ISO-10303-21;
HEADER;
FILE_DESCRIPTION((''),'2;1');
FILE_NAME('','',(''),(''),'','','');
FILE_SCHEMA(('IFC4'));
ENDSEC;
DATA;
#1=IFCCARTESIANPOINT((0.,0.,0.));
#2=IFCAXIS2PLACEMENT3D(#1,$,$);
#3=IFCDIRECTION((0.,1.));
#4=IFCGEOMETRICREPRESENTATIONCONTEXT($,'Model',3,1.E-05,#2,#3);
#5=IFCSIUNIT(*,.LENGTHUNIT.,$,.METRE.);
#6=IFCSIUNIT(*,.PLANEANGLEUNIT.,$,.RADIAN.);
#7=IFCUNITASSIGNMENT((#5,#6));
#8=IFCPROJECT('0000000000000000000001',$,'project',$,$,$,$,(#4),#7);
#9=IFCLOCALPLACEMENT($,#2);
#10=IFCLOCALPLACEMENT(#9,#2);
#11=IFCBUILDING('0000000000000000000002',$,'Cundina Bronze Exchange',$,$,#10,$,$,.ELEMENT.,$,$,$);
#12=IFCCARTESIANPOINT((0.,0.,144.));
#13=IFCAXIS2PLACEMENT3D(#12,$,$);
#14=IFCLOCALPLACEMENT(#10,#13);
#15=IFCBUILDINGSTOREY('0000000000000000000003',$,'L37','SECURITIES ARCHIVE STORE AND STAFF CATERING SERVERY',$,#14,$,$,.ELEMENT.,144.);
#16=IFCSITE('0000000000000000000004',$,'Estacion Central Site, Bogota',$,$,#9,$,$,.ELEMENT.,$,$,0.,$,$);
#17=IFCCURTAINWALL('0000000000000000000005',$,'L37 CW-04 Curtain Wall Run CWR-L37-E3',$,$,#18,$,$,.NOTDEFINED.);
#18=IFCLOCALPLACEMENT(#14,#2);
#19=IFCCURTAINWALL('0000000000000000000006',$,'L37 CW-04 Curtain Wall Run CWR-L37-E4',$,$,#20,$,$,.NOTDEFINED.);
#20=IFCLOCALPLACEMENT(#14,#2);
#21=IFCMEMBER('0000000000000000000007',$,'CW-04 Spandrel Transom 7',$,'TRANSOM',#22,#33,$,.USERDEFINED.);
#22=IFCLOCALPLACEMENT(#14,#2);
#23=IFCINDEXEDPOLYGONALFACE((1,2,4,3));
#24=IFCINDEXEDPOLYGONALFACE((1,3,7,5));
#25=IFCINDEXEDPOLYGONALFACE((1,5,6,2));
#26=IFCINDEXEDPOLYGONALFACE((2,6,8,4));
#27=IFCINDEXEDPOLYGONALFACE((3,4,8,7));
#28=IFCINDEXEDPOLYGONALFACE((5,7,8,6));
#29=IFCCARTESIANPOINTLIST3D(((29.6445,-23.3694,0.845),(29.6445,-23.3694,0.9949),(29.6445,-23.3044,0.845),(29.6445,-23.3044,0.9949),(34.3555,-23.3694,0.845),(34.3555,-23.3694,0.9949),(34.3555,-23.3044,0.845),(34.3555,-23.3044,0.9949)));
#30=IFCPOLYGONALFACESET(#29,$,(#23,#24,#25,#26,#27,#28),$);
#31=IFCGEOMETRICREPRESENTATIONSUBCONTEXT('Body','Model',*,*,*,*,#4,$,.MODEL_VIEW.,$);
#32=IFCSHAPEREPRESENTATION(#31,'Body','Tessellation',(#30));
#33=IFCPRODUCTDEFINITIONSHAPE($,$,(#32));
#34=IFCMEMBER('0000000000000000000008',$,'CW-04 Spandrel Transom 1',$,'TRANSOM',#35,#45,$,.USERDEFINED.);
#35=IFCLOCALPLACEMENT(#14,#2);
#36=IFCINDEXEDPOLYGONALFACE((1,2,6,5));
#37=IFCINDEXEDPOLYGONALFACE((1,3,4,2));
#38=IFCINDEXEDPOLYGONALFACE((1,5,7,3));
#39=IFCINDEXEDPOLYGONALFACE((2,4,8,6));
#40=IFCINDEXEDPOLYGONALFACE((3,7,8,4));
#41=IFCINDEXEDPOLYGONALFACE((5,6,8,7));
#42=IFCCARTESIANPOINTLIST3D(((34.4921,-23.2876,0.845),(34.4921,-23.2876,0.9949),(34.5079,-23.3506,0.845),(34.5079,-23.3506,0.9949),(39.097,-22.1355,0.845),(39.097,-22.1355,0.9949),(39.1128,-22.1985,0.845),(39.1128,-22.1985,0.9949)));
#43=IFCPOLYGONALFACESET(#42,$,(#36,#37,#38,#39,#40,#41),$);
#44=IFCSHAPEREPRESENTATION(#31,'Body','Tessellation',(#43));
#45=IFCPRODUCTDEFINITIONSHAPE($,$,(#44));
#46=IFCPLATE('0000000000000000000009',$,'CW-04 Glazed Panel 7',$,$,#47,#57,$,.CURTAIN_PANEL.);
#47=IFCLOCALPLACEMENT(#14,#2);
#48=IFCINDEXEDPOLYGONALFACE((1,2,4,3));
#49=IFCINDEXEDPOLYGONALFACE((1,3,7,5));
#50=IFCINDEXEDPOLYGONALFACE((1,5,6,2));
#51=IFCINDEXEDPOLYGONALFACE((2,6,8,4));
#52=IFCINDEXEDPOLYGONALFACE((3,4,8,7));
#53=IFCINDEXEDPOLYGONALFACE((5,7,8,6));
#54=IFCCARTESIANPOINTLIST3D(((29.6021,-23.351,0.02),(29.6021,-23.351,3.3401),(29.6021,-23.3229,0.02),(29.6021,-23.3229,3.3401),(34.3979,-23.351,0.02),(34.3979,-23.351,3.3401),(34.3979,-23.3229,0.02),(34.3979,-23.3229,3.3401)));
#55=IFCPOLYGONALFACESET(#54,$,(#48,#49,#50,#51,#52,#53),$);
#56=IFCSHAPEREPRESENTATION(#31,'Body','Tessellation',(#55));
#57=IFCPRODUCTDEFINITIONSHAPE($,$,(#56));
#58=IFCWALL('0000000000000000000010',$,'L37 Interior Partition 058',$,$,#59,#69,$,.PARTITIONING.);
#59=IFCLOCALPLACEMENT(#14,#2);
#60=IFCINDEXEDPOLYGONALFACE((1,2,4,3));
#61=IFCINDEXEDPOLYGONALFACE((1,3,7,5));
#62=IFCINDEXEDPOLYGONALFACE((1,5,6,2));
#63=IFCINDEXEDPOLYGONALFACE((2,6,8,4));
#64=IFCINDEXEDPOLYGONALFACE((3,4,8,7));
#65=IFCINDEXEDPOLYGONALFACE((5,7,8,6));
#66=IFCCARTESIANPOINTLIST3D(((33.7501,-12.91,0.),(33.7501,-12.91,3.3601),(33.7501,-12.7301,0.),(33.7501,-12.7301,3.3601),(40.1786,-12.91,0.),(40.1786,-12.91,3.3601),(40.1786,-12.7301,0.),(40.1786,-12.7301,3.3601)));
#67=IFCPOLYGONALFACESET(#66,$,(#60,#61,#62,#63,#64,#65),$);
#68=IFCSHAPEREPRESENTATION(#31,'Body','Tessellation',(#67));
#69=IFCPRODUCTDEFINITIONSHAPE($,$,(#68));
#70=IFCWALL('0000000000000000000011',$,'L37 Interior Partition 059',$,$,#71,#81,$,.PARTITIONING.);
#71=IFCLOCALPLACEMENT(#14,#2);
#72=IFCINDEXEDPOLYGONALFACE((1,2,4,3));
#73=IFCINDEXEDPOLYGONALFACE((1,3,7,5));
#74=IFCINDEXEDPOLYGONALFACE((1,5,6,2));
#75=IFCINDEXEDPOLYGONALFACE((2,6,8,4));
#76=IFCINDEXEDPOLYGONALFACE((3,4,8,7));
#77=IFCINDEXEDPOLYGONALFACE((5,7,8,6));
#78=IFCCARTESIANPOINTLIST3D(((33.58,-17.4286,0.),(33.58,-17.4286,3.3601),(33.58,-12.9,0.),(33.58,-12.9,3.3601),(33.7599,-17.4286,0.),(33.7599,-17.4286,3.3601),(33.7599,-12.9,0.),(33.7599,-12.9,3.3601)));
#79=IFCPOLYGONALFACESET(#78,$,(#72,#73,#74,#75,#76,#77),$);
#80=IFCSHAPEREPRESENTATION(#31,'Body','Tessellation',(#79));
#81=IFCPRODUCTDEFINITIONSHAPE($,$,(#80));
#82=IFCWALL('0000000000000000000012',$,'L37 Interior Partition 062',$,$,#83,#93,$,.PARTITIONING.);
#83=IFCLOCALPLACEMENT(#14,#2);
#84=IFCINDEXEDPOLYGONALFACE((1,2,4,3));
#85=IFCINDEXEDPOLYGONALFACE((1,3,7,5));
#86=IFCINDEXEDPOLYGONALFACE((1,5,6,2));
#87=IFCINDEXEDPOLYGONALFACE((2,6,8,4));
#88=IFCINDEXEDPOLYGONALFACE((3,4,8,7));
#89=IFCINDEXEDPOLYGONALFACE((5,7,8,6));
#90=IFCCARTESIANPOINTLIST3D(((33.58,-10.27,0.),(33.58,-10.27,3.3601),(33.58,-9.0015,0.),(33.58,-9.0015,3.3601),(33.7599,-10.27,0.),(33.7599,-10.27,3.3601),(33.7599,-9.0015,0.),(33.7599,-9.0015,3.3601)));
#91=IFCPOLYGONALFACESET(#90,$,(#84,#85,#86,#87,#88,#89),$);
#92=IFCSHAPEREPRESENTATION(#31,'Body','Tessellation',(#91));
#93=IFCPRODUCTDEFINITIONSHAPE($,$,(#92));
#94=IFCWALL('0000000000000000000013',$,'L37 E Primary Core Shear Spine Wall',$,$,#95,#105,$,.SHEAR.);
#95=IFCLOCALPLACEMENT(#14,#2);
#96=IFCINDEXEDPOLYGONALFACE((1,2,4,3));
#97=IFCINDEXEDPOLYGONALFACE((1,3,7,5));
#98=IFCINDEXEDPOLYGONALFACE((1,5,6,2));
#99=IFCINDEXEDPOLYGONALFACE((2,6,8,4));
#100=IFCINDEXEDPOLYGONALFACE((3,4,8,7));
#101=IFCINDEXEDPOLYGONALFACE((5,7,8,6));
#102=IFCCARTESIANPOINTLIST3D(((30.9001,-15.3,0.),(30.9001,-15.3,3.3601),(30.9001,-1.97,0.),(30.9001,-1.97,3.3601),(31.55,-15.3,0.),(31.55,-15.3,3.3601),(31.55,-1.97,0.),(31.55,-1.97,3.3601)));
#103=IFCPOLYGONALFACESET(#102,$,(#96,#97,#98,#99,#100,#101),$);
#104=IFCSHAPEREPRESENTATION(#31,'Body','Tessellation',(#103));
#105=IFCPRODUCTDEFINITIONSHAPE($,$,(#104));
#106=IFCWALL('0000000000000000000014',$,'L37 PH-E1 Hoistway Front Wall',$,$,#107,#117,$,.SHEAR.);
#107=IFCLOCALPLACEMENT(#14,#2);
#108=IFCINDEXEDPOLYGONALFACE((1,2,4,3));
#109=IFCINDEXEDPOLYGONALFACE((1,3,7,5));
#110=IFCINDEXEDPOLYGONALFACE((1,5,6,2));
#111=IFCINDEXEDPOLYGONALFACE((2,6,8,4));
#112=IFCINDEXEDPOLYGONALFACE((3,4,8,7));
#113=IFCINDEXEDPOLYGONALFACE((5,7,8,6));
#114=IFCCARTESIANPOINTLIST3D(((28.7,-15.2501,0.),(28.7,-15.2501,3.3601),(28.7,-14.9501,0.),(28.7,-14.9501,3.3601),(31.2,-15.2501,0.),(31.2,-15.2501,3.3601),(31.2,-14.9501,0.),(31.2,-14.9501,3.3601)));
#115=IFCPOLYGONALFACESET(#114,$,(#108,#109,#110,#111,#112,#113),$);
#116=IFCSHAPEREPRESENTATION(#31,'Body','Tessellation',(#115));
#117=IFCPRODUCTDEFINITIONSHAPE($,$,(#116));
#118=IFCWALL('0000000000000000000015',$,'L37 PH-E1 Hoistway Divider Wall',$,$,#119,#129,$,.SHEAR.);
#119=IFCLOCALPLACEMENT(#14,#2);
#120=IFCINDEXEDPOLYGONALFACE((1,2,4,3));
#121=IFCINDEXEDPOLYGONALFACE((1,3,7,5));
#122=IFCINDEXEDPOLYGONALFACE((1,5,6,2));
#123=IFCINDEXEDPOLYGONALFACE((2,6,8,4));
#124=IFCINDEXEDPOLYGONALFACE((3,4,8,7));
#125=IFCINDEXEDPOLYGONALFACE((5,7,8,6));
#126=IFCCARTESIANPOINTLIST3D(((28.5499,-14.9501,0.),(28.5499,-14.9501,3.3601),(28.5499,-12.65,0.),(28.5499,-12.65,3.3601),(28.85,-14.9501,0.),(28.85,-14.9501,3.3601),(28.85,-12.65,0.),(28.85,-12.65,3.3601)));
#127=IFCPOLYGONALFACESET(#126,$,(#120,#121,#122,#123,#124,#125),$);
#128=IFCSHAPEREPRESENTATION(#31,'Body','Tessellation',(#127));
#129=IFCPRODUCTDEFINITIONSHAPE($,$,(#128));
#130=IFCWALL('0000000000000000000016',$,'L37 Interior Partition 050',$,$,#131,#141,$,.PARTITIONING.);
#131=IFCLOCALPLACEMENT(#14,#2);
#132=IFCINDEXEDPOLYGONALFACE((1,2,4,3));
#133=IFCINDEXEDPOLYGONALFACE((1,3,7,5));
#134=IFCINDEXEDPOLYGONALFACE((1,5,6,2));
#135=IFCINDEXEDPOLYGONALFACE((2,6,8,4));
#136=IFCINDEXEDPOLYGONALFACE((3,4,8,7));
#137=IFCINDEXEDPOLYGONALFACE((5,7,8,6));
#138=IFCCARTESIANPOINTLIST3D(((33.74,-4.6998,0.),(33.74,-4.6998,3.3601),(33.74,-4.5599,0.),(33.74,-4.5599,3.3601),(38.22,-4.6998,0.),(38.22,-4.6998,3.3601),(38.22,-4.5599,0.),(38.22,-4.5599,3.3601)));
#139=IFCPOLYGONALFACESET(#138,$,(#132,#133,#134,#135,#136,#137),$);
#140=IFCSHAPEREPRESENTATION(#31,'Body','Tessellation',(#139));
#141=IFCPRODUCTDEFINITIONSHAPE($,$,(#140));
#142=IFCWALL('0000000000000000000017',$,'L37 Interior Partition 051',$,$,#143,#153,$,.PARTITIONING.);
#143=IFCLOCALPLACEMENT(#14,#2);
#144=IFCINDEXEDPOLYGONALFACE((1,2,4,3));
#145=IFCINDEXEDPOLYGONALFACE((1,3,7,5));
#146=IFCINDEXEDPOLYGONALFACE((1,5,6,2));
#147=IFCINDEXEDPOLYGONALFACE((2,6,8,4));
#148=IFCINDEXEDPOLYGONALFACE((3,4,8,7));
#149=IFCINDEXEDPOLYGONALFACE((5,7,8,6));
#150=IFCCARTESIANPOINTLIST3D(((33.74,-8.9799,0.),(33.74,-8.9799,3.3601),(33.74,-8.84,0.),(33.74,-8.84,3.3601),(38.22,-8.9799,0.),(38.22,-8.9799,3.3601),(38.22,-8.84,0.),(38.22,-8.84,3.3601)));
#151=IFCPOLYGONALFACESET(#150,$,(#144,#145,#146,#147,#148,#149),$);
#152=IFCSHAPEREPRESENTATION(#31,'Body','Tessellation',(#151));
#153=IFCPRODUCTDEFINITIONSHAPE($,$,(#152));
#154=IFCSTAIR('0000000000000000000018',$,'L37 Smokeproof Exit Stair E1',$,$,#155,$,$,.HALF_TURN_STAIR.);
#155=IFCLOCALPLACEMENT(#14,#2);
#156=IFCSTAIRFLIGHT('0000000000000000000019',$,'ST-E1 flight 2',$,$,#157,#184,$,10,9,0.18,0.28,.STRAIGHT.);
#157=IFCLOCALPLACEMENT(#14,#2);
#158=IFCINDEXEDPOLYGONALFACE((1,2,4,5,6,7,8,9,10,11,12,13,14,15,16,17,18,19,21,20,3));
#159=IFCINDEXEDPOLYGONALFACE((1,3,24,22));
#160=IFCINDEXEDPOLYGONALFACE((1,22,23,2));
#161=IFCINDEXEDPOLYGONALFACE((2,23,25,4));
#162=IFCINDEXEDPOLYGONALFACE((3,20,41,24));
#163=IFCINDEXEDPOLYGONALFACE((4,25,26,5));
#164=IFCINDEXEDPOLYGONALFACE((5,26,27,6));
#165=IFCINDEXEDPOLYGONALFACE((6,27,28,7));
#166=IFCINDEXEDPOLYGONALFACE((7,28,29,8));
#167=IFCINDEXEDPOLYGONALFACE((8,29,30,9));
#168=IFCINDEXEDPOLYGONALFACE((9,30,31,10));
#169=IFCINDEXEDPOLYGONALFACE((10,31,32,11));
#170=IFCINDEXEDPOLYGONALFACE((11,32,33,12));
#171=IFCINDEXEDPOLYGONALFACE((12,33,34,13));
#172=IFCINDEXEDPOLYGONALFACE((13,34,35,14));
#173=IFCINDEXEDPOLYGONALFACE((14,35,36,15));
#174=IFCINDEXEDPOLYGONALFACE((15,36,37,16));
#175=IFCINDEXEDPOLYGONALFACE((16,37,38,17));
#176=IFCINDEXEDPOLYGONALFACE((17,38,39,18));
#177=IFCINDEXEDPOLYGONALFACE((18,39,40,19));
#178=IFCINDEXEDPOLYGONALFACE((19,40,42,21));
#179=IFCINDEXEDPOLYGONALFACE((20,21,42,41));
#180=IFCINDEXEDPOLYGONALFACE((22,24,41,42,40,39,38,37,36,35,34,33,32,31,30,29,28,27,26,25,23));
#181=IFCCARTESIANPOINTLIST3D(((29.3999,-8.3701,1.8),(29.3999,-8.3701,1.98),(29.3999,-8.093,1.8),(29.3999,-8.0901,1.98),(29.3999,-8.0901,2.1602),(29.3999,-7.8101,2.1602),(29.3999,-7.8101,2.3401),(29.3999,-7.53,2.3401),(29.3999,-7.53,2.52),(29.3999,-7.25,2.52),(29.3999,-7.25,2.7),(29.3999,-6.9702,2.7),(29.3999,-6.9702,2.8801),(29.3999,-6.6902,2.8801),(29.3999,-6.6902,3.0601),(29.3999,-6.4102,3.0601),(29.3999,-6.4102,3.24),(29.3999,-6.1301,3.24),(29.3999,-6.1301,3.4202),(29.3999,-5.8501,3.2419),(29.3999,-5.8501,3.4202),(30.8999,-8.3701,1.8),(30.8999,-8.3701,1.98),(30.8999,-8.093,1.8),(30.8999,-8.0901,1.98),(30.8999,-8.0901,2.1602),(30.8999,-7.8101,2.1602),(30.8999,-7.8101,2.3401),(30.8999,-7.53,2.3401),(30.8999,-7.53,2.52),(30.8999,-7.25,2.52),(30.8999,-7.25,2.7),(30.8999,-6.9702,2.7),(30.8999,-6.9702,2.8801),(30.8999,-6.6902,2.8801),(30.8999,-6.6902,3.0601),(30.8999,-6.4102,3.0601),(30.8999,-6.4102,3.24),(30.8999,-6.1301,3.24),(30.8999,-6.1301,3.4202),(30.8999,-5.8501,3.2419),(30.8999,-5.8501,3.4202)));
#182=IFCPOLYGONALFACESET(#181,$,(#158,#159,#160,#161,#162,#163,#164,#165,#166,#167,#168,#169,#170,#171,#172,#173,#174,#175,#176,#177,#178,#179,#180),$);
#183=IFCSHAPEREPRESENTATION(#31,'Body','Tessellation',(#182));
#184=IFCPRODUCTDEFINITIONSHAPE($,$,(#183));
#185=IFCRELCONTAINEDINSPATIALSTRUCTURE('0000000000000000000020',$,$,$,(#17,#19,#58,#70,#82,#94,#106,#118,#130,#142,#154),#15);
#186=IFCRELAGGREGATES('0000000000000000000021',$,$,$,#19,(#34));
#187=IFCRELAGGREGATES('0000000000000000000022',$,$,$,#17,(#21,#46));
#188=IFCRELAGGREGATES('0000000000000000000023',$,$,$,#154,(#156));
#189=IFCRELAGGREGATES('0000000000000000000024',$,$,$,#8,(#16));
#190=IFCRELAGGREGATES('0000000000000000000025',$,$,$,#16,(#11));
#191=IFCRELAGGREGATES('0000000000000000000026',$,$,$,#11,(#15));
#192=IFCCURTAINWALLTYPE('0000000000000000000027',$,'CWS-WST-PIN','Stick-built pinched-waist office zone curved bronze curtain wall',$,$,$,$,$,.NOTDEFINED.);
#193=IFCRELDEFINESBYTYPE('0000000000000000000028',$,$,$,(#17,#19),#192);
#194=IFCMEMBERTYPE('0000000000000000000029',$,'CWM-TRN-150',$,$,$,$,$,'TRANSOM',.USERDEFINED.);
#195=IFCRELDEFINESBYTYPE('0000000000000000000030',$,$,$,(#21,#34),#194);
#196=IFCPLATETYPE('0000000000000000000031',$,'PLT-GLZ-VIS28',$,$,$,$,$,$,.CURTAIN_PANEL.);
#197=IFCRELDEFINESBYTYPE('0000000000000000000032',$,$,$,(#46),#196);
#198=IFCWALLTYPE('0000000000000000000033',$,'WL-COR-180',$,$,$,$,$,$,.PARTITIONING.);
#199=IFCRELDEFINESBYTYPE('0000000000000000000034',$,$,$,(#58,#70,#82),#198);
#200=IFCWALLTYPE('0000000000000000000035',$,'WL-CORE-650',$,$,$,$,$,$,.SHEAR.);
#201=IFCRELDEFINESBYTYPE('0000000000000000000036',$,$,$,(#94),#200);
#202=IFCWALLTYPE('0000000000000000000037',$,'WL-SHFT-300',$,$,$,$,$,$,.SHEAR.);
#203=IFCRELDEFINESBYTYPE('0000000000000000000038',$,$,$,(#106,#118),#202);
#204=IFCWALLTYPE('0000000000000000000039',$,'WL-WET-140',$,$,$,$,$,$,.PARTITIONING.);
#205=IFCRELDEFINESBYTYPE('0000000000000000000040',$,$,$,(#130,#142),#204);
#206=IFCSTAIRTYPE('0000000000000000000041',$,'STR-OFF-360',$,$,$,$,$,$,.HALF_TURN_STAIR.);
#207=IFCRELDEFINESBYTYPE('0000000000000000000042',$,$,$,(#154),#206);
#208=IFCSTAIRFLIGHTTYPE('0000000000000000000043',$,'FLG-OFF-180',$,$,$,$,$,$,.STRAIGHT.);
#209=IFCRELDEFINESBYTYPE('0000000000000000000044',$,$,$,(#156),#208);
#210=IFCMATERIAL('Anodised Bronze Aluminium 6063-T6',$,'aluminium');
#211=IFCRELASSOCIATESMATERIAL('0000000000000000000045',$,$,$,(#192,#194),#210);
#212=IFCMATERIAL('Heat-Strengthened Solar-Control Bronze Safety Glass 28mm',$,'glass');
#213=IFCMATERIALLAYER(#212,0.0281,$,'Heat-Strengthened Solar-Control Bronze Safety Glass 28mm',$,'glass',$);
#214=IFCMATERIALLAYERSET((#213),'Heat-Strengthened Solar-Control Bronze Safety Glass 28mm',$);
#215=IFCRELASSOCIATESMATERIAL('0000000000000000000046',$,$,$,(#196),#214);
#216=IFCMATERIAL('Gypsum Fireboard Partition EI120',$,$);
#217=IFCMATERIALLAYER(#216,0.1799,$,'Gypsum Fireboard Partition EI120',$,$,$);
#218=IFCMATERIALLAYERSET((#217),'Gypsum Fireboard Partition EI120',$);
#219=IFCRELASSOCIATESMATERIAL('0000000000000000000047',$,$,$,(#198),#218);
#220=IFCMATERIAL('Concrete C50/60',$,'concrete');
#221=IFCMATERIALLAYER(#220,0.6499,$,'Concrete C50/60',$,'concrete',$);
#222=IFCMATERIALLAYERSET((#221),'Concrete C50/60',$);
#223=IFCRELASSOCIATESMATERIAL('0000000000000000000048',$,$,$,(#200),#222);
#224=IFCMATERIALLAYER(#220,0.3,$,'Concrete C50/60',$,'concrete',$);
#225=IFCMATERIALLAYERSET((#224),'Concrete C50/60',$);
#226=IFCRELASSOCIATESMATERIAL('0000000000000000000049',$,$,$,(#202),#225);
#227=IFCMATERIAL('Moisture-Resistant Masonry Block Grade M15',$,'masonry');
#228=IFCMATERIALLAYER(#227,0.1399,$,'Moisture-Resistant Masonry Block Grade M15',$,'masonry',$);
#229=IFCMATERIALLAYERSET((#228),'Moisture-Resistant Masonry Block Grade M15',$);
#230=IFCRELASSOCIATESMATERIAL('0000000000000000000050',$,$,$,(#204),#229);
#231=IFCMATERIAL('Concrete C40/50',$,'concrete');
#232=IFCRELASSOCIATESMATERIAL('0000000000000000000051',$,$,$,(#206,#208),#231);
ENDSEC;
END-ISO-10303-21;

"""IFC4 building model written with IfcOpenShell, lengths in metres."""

from ifc_helpers import new_model, si_unit, direction, frame, frame_2d, origin, origin_2d, place, context, subcontext, project, spatial, polyline, rectangle, outline, extrude, material, layer, layer_set, material_profile, profile_set, type_object, element, aggregate, save


model = new_model("IFC4")

# Units and contexts
model_context = context("Model", 3, precision=1e-05, world=origin(), true_north=direction((0.0, 1.0)))
body_context = subcontext(model_context, "Body", "Model", "MODEL_VIEW")
ifc_project = project(units=[si_unit("LENGTHUNIT", "METRE"), si_unit("PLANEANGLEUNIT", "RADIAN")], contexts=[model_context])

# Site, building, storey
site_placement = place(None, origin())
site = spatial("IfcSite", under=ifc_project, at=site_placement, Name="Estacion Central Site, Bogota", CompositionType="ELEMENT", RefElevation=0.0)
building_placement = place(site_placement, origin())
building = spatial("IfcBuilding", under=site, at=building_placement, Name="Cundina Bronze Exchange", CompositionType="ELEMENT")
storey_placement = place(building_placement, frame((0.0, 0.0, 144.0)))
storey = spatial("IfcBuildingStorey", under=building, at=storey_placement, Name="L37", Description="SECURITIES ARCHIVE STORE AND STAFF CATERING SERVERY", CompositionType="ELEMENT", Elevation=144.0)

# Shared definitions
ifc_material_1 = material(Name="Concrete C50/60", Category="concrete")

# Curtain wall
ifc_material_2 = material(Name="Anodised Bronze Aluminium 6063-T6", Category="aluminium")
curtain_wall_type = type_object("IfcCurtainWallType", Name="CWS-WST-PIN", Description="Stick-built pinched-waist office zone curved bronze curtain wall", PredefinedType="NOTDEFINED", material=ifc_material_2)
curtain_wall_1_placement = place(storey_placement, origin())
curtain_wall_1 = element("IfcCurtainWall", 1, at=curtain_wall_1_placement, inside=storey, type_object=curtain_wall_type, Name="L37 CW-04 Curtain Wall Run CWR-L37-E3", PredefinedType="NOTDEFINED")

# Curtain wall
curtain_wall_2_placement = place(storey_placement, origin())
curtain_wall_2 = element("IfcCurtainWall", 2, at=curtain_wall_2_placement, inside=storey, type_object=curtain_wall_type, Name="L37 CW-04 Curtain Wall Run CWR-L37-E4", PredefinedType="NOTDEFINED")

# Members
ifc_material_profile_1 = material_profile(ifc_material_2, rectangle(XDim=0.0649, YDim=0.1499, at=origin_2d()), Name="AL65X150", Category="aluminium")
ifc_profile_set_1 = profile_set([ifc_material_profile_1], Name="Anodised Bronze Aluminium 6063-T6")
member_type_1 = type_object("IfcMemberType", Name="CWM-TRN-150", ElementType="TRANSOM", PredefinedType="USERDEFINED", material=ifc_profile_set_1)
member_1_placement = place(storey_placement, frame((29.6445, -23.3369, 0.9199), z_axis=(1.0, 0.0, 0.0), x_axis=(0.0, 1.0, 0.0)))
member_1 = element("IfcMember", 3, at=member_1_placement, type_object=member_type_1, Name="CW-04 Spandrel Transom 7", ObjectType="TRANSOM", PredefinedType="USERDEFINED", context=body_context, shape_type="SweptSolid", body=[
    extrude(rectangle(XDim=0.0649, YDim=0.1499, at=origin_2d()), origin(), (0.0, 0.0, 1.0), 4.7109),
])
member_2_placement = place(storey_placement, frame((34.5, -23.3191, 0.9199), z_axis=(0.9701, 0.242705, 0.0), x_axis=(-0.242705, 0.9701, 0.0)))
member_2 = element("IfcMember", 4, at=member_2_placement, type_object=member_type_1, Name="CW-04 Spandrel Transom 1", ObjectType="TRANSOM", PredefinedType="USERDEFINED", context=body_context, shape_type="SweptSolid", body=[
    extrude(rectangle(XDim=0.0649, YDim=0.1499, at=origin_2d()), origin(), (0.0, 0.0, 1.0), 4.7468),
])
aggregate(curtain_wall_2, [member_2])

# Plate
ifc_material_3 = material(Name="Heat-Strengthened Solar-Control Bronze Safety Glass 28mm", Category="glass")
ifc_layer_1 = layer(ifc_material_3, 0.0281, Name="Heat-Strengthened Solar-Control Bronze Safety Glass 28mm", Category="glass")
ifc_layer_set_1 = layer_set([ifc_layer_1], Name="Heat-Strengthened Solar-Control Bronze Safety Glass 28mm")
plate_type = type_object("IfcPlateType", Name="PLT-GLZ-VIS28", PredefinedType="CURTAIN_PANEL", material=ifc_layer_set_1)
plate_placement = place(storey_placement, frame((32.0, -23.3369, 0.02), z_axis=(0.0, 0.0, 1.0), x_axis=(1.0, 0.0, 0.0)))
plate = element("IfcPlate", 5, at=plate_placement, type_object=plate_type, Name="CW-04 Glazed Panel 7", PredefinedType="CURTAIN_PANEL", context=body_context, shape_type="SweptSolid", body=[
    extrude(rectangle(XDim=4.7959, YDim=0.0281, at=origin_2d()), origin(), (0.0, 0.0, 1.0), 3.3201),
])
aggregate(curtain_wall_1, [member_1, plate])

# Shared definitions
ifc_material_4 = material(Name="Gypsum Fireboard Partition EI120")
ifc_layer_2 = layer(ifc_material_4, 0.1799, Name="Gypsum Fireboard Partition EI120")
ifc_layer_set_2 = layer_set([ifc_layer_2], Name="Gypsum Fireboard Partition EI120")
wall_type_1 = type_object("IfcWallType", Name="WL-COR-180", PredefinedType="PARTITIONING", material=ifc_layer_set_2)

# Walls
wall_1_placement = place(storey_placement, frame((33.75, -12.8201, 0.0), z_axis=(0.0, 0.0, 1.0), x_axis=(1.0, 0.0, 0.0)))
element("IfcWall", 6, at=wall_1_placement, inside=storey, type_object=wall_type_1, Name="L37 Interior Partition 058", PredefinedType="PARTITIONING", context=body_context, shape_type="SweptSolid", body=[
    extrude(rectangle(XDim=6.4285, YDim=0.1799, at=frame_2d((3.2144, 0.0))), origin(), (0.0, 0.0, 1.0), 3.3601),
])
wall_2_placement = place(storey_placement, frame((33.6699, -17.4285, 0.0), z_axis=(0.0, 0.0, 1.0), x_axis=(0.0, 1.0, 0.0)))
element("IfcWall", 7, at=wall_2_placement, inside=storey, type_object=wall_type_1, Name="L37 Interior Partition 059", PredefinedType="PARTITIONING", context=body_context, shape_type="SweptSolid", body=[
    extrude(rectangle(XDim=4.5286, YDim=0.1799, at=frame_2d((2.2642, 0.0))), origin(), (0.0, 0.0, 1.0), 3.3601),
])
wall_3_placement = place(storey_placement, frame((33.6699, -10.27, 0.0), z_axis=(0.0, 0.0, 1.0), x_axis=(0.0, 1.0, 0.0)))
element("IfcWall", 8, at=wall_3_placement, inside=storey, type_object=wall_type_1, Name="L37 Interior Partition 062", PredefinedType="PARTITIONING", context=body_context, shape_type="SweptSolid", body=[
    extrude(rectangle(XDim=1.2686, YDim=0.1799, at=frame_2d((0.6343, 0.0))), origin(), (0.0, 0.0, 1.0), 3.3601),
])
ifc_layer_3 = layer(ifc_material_1, 0.6499, Name="Concrete C50/60", Category="concrete")
ifc_layer_set_3 = layer_set([ifc_layer_3], Name="Concrete C50/60")
wall_type_2 = type_object("IfcWallType", Name="WL-CORE-650", PredefinedType="SHEAR", material=ifc_layer_set_3)
wall_4_placement = place(storey_placement, frame((31.2251, -15.3, 0.0), z_axis=(0.0, 0.0, 1.0), x_axis=(0.0, 1.0, 0.0)))
element("IfcWall", 9, at=wall_4_placement, inside=storey, type_object=wall_type_2, Name="L37 E Primary Core Shear Spine Wall", PredefinedType="SHEAR", context=body_context, shape_type="SweptSolid", body=[
    extrude(rectangle(XDim=13.3301, YDim=0.6499, at=frame_2d((6.665, 0.0))), origin(), (0.0, 0.0, 1.0), 3.3601),
])
ifc_layer_4 = layer(ifc_material_1, 0.3, Name="Concrete C50/60", Category="concrete")
ifc_layer_set_4 = layer_set([ifc_layer_4], Name="Concrete C50/60")
wall_type_3 = type_object("IfcWallType", Name="WL-SHFT-300", PredefinedType="SHEAR", material=ifc_layer_set_4)
wall_5_placement = place(storey_placement, frame((28.7, -15.1001, 0.0), z_axis=(0.0, 0.0, 1.0), x_axis=(1.0, 0.0, 0.0)))
element("IfcWall", 10, at=wall_5_placement, inside=storey, type_object=wall_type_3, Name="L37 PH-E1 Hoistway Front Wall", PredefinedType="SHEAR", context=body_context, shape_type="SweptSolid", body=[
    extrude(rectangle(XDim=2.5, YDim=0.3, at=frame_2d((1.25, 0.0))), origin(), (0.0, 0.0, 1.0), 3.3601),
])
wall_6_placement = place(storey_placement, frame((28.7, -14.95, 0.0), z_axis=(0.0, 0.0, 1.0), x_axis=(0.0, 1.0, 0.0)))
element("IfcWall", 11, at=wall_6_placement, inside=storey, type_object=wall_type_3, Name="L37 PH-E1 Hoistway Divider Wall", PredefinedType="SHEAR", context=body_context, shape_type="SweptSolid", body=[
    extrude(rectangle(XDim=2.3, YDim=0.3, at=frame_2d((1.1499, 0.0))), origin(), (0.0, 0.0, 1.0), 3.3601),
])
ifc_material_5 = material(Name="Moisture-Resistant Masonry Block Grade M15", Category="masonry")
ifc_layer_5 = layer(ifc_material_5, 0.1399, Name="Moisture-Resistant Masonry Block Grade M15", Category="masonry")
ifc_layer_set_5 = layer_set([ifc_layer_5], Name="Moisture-Resistant Masonry Block Grade M15")
wall_type_4 = type_object("IfcWallType", Name="WL-WET-140", PredefinedType="PARTITIONING", material=ifc_layer_set_5)
for number, where, z_axis, x_axis, name in (
    (12, (33.74, -4.6299, 0.0), (0.0, 0.0, 1.0), (1.0, 0.0, 0.0), "L37 Interior Partition 050"),
    (13, (33.74, -8.9099, 0.0), (0.0, 0.0, 1.0), (1.0, 0.0, 0.0), "L37 Interior Partition 051"),
):
    element("IfcWall", number, at=place(storey_placement, frame(where, z_axis=z_axis, x_axis=x_axis)), inside=storey, type_object=wall_type_4, Name=name, PredefinedType="PARTITIONING", context=body_context, shape_type="SweptSolid", body=[
        extrude(rectangle(XDim=4.48, YDim=0.1399, at=frame_2d((2.24, 0.0))), origin(), (0.0, 0.0, 1.0), 3.3601),
    ])

# Stair, stair flight
ifc_material_6 = material(Name="Concrete C40/50", Category="concrete")
stair_type = type_object("IfcStairType", Name="STR-OFF-360", PredefinedType="HALF_TURN_STAIR", material=ifc_material_6)
stair_placement = place(storey_placement, origin())
stair = element("IfcStair", 14, at=stair_placement, inside=storey, type_object=stair_type, Name="L37 Smokeproof Exit Stair E1", PredefinedType="HALF_TURN_STAIR")
stair_flight_type = type_object("IfcStairFlightType", Name="FLG-OFF-180", PredefinedType="STRAIGHT", material=ifc_material_6)
stair_flight_placement = place(storey_placement, frame((30.1499, -8.3701, 1.8), z_axis=(0.0, 0.0, 1.0), x_axis=(0.0, 1.0, 0.0)))
stair_flight = element("IfcStairFlight", 15, at=stair_flight_placement, type_object=stair_flight_type, Name="ST-E1 flight 2", NumberOfRisers=10, NumberOfTreads=9, PredefinedType="STRAIGHT", RiserHeight=0.18, TreadLength=0.28, context=body_context, shape_type="SweptSolid", body=[
    extrude(outline(polyline([(0.0, 0.0), (0.0, 0.1799), (0.28, 0.1799), (0.28, 0.3601), (0.5601, 0.3601), (0.5601, 0.54), (0.8401, 0.54), (0.8401, 0.72), (1.1201, 0.72), (1.1201, 0.8999), (1.3999, 0.8999), (1.3999, 1.0801), (1.6799, 1.0801), (1.6799, 1.26), (1.96, 1.26), (1.96, 1.4399), (2.24, 1.4399), (2.24, 1.6201), (2.52, 1.6201), (2.52, 1.8), (2.52, 1.4419), (0.2771, 0.0), (0.0, 0.0)])), frame((0.0, 0.75, 0.0), z_axis=(0.0, -1.0, 0.0), x_axis=(1.0, 0.0, 0.0)), (0.0, 0.0, 1.0), 1.5),
])
aggregate(stair, [stair_flight])

save(model, "model.ifc")
